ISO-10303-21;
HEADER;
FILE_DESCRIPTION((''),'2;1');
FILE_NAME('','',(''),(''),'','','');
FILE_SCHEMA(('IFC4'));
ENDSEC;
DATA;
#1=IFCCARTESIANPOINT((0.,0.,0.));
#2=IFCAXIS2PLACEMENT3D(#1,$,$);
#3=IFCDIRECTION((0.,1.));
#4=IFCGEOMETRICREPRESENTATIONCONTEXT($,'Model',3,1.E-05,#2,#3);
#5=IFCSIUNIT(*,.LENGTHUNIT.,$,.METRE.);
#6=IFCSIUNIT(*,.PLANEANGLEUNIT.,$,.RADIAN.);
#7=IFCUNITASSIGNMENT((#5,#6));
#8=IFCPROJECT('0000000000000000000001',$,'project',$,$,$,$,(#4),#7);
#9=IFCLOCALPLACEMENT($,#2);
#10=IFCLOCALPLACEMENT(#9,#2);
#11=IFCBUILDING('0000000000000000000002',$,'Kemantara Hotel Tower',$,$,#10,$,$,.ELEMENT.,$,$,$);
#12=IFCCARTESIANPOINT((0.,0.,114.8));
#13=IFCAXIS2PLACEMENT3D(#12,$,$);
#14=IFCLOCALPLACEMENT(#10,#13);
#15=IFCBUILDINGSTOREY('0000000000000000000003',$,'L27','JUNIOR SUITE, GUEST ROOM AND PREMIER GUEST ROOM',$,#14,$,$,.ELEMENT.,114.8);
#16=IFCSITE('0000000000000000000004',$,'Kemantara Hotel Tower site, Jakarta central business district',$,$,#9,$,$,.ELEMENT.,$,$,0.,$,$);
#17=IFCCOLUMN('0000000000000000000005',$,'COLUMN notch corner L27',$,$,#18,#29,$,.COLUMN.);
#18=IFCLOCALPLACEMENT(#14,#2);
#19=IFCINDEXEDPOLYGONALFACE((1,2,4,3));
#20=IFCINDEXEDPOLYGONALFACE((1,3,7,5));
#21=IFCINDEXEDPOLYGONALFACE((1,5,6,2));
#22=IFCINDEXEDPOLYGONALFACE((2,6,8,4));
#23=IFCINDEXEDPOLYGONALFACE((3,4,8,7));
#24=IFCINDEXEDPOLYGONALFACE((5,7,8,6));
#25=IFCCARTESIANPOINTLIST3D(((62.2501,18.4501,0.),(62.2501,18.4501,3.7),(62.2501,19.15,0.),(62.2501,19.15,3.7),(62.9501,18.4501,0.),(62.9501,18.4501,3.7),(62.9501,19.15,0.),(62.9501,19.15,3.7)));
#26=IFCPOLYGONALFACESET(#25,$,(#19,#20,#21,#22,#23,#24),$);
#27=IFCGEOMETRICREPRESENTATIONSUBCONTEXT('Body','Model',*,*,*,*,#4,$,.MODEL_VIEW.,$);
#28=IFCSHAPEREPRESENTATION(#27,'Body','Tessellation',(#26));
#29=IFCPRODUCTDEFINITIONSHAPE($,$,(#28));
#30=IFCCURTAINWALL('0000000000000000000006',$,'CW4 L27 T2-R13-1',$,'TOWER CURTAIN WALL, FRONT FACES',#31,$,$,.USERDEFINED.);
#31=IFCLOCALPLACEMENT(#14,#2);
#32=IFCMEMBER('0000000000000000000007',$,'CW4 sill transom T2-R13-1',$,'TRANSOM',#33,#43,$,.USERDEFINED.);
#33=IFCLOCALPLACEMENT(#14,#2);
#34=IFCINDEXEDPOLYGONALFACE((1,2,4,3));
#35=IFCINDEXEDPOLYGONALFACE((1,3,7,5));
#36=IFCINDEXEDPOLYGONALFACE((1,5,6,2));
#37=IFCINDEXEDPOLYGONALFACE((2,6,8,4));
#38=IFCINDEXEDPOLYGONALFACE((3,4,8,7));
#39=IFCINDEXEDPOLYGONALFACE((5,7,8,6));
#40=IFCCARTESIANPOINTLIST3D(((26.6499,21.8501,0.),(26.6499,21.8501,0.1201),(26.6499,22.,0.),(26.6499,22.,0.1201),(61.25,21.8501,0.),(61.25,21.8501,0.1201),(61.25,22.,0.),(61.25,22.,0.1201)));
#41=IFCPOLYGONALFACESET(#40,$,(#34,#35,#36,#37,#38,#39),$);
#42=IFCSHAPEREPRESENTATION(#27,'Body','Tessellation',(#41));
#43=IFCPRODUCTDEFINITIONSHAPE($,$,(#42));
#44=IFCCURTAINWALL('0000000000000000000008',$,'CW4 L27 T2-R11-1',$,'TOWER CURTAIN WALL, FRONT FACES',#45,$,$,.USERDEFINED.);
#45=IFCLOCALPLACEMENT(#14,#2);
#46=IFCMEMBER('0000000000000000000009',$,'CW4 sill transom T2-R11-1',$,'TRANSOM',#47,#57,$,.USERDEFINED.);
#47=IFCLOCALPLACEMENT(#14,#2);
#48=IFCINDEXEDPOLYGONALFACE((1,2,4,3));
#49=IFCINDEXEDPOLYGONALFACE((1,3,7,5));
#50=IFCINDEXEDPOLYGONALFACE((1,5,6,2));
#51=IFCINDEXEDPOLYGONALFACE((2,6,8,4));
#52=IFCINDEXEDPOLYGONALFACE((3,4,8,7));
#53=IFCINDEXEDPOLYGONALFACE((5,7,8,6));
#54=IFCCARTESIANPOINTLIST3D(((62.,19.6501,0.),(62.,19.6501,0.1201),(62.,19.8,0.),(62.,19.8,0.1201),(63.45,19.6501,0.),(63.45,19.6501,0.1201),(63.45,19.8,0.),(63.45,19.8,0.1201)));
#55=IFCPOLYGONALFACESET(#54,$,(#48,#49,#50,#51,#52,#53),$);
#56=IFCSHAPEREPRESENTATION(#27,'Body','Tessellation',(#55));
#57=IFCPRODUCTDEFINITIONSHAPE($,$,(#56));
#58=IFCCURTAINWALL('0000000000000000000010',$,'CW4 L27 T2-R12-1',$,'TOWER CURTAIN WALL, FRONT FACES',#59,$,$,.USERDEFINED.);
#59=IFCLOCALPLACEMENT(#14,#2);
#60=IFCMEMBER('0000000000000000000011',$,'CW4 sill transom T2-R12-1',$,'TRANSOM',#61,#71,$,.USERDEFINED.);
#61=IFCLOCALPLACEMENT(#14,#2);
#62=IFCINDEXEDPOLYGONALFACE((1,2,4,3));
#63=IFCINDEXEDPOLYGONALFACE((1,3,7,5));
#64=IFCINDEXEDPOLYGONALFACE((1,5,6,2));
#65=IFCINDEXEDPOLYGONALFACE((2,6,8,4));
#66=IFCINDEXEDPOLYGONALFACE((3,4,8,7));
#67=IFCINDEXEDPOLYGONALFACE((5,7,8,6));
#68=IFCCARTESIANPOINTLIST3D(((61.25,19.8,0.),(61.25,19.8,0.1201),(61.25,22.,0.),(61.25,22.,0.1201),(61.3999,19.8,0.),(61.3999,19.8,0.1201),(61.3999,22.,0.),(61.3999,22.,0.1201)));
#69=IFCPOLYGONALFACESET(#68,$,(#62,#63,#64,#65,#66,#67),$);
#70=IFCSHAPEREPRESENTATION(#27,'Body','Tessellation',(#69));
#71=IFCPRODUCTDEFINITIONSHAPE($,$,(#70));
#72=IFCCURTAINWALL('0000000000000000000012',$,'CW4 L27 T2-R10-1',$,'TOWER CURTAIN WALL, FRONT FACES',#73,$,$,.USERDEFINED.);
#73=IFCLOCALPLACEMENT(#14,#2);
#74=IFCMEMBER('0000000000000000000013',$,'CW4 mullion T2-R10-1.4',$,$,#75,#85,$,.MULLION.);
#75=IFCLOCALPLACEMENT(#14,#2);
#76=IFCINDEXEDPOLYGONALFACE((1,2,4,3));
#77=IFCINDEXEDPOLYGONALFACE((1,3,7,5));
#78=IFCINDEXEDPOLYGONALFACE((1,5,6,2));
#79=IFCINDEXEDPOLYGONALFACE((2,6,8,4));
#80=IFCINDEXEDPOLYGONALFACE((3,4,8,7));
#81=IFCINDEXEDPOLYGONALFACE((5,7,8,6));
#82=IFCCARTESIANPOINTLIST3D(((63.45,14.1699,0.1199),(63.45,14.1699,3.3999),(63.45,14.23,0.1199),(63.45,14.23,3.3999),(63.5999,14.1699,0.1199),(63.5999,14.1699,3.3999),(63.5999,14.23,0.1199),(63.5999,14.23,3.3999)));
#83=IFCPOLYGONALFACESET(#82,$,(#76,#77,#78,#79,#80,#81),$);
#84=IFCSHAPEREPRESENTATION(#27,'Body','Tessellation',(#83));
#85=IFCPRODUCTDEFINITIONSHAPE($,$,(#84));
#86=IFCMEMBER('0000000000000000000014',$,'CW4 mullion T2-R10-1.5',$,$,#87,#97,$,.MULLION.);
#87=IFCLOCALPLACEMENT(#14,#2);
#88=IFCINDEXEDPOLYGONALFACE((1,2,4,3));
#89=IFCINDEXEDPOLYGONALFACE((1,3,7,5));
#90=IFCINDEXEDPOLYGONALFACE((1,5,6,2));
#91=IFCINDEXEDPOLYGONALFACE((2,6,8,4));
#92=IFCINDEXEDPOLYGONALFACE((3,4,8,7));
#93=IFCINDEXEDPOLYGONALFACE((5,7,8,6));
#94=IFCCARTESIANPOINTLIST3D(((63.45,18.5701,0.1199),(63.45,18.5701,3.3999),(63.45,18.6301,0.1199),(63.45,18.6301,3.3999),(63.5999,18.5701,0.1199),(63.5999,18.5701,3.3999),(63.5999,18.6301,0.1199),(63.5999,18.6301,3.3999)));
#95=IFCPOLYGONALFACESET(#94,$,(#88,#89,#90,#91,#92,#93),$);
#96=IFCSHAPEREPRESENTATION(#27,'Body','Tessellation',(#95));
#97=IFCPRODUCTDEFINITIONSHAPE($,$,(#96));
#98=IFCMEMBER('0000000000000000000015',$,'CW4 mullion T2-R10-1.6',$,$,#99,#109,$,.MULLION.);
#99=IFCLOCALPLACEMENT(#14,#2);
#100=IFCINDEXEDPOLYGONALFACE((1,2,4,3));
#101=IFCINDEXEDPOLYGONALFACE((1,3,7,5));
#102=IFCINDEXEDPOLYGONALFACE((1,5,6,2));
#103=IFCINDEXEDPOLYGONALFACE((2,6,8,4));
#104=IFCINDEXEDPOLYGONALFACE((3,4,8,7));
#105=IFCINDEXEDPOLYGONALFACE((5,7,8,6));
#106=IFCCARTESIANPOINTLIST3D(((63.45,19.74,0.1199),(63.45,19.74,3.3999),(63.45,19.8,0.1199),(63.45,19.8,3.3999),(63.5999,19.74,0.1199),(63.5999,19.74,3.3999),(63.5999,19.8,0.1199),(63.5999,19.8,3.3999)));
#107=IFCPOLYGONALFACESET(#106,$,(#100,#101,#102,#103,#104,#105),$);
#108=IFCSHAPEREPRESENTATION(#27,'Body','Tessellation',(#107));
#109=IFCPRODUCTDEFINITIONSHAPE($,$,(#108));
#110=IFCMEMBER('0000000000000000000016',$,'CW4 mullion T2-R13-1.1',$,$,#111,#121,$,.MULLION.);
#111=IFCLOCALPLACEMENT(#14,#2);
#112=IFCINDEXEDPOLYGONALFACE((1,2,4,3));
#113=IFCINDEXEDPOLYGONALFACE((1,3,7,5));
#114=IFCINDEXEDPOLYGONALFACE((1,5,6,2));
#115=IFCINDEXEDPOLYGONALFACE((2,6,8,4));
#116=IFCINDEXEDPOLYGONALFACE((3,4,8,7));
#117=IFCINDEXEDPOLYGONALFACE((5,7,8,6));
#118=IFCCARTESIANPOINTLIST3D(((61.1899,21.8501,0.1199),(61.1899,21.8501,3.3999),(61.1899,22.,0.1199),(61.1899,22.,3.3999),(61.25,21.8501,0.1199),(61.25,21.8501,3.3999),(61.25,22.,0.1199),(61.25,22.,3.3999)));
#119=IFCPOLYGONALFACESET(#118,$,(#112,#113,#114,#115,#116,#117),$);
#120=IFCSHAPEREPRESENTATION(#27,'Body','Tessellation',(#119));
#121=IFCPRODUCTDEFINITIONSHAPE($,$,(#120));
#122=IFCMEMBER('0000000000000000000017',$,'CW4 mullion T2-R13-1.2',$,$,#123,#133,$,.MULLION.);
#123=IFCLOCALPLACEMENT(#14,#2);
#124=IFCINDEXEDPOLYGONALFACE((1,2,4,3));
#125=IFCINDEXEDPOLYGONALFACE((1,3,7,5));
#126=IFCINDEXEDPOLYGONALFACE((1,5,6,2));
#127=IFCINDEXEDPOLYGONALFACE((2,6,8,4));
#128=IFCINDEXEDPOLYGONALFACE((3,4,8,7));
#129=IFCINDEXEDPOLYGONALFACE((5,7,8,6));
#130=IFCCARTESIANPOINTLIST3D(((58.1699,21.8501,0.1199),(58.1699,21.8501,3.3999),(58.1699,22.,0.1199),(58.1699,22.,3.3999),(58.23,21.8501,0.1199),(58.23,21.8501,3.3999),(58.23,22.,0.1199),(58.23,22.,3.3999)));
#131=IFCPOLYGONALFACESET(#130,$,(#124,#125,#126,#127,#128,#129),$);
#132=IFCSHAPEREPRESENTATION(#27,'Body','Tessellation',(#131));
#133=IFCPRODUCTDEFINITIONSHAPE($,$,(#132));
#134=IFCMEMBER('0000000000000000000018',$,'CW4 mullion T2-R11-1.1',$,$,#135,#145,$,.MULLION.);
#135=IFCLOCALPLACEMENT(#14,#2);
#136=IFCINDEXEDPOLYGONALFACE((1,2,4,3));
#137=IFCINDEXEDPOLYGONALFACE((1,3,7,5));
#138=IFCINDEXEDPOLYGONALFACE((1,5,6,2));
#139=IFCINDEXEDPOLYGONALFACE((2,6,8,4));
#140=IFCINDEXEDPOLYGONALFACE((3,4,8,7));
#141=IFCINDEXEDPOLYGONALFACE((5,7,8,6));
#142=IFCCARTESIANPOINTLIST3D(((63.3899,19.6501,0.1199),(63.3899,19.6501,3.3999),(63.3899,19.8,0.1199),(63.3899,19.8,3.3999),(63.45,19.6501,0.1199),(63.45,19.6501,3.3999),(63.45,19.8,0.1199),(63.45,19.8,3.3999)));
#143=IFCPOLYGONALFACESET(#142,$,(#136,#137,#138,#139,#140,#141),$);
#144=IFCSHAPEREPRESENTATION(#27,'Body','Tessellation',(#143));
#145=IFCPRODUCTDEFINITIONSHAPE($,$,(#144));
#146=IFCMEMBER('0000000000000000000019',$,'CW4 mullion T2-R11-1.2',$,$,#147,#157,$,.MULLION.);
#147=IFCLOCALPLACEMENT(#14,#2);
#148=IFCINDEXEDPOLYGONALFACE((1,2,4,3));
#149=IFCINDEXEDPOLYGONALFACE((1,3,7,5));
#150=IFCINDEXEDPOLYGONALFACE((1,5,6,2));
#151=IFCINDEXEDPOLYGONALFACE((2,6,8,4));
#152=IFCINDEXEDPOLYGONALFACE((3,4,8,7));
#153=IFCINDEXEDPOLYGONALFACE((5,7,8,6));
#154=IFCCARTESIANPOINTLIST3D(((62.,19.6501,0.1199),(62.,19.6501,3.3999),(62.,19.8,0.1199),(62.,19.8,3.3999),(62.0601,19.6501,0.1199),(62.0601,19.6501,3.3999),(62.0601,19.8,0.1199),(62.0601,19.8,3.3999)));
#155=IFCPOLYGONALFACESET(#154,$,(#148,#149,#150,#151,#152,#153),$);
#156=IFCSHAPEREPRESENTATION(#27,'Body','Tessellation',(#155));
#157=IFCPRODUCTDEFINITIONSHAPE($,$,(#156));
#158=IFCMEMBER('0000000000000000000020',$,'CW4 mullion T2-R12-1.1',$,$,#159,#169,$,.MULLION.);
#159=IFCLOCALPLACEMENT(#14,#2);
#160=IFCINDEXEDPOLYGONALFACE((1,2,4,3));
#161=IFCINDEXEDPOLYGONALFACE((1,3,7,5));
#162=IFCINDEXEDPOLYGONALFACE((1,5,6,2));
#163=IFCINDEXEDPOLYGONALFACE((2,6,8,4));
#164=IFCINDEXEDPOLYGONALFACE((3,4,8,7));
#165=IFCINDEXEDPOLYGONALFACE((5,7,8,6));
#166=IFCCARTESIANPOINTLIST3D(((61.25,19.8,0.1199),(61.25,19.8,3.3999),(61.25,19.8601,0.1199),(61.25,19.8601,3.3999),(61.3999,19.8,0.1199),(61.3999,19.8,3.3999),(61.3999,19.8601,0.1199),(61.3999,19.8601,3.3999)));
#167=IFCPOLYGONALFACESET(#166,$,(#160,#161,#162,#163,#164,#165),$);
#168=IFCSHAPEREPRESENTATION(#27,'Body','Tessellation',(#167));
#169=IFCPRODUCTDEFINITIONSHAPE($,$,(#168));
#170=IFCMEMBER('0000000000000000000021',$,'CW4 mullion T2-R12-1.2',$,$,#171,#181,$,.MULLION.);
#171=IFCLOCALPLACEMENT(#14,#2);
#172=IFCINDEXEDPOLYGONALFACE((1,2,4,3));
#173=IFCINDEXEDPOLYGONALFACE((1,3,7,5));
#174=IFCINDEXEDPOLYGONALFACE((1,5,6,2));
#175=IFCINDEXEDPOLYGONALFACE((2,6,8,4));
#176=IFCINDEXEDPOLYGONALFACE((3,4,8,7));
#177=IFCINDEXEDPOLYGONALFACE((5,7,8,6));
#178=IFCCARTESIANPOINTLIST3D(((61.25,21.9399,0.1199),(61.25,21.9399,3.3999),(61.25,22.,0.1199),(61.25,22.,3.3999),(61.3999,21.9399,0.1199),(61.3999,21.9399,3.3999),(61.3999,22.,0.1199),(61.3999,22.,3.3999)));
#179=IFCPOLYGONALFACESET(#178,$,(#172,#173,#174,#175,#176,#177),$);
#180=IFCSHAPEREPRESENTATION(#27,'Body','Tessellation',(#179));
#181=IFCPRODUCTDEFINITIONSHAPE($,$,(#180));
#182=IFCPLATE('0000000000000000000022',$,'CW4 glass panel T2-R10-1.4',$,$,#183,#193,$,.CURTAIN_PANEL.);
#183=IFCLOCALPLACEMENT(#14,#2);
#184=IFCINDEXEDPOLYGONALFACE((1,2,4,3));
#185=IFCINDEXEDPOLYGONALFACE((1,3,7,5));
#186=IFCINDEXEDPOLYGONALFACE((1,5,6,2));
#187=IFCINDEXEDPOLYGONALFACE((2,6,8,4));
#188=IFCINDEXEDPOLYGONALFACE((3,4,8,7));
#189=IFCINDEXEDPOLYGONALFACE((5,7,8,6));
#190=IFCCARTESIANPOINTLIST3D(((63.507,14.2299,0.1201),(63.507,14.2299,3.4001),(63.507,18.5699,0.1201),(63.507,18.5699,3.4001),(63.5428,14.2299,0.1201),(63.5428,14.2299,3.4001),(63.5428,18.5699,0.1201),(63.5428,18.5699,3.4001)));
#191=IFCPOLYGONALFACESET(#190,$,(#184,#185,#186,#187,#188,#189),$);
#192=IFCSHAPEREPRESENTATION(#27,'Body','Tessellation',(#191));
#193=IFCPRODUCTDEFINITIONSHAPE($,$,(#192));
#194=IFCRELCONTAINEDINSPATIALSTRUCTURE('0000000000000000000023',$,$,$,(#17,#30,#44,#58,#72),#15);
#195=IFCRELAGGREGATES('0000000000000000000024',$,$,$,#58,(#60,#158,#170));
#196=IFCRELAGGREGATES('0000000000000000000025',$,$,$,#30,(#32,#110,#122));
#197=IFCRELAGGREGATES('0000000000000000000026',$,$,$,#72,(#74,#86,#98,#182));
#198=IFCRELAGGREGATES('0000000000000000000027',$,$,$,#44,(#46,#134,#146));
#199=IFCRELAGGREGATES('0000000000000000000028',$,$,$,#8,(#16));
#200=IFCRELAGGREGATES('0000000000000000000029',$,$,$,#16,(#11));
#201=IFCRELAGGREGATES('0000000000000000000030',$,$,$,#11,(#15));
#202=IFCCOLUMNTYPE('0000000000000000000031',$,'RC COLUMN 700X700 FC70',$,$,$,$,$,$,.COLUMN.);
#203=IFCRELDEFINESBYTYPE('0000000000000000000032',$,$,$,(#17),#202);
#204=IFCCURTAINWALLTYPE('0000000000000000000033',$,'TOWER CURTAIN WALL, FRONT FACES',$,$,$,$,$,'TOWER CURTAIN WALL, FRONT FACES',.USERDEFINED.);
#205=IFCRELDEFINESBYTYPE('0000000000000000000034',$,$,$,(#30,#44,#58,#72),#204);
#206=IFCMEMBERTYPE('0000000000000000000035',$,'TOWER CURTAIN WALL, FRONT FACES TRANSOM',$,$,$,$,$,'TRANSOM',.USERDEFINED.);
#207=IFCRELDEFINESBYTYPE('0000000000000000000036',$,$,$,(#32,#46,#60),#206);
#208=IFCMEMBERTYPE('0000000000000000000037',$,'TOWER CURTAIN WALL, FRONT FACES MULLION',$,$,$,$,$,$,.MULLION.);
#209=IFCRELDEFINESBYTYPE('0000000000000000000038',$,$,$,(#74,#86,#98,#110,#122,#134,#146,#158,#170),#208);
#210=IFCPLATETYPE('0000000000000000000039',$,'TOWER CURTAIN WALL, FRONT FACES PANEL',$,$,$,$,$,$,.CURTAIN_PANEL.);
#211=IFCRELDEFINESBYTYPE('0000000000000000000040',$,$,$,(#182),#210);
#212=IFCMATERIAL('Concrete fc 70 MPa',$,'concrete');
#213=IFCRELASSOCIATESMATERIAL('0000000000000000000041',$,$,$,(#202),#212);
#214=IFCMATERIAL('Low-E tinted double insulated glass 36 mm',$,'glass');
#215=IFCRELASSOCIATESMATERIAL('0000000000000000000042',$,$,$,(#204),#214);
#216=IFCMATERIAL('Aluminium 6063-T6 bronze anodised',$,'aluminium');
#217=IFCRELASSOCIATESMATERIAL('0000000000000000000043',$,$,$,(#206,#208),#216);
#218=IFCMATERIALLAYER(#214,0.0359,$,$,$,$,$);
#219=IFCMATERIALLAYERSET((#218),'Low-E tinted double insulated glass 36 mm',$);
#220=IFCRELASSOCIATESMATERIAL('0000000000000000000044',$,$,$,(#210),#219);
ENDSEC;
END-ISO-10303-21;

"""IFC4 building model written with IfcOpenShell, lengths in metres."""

from ifc_helpers import new_model, si_unit, direction, frame, origin, origin_2d, place, context, subcontext, project, spatial, rectangle, extrude, source, transform, mapped, material, layer, layer_set, material_profile, profile_set, type_object, element, aggregate, save


model = new_model("IFC4")

# Units and contexts
model_context = context("Model", 3, precision=1e-05, world=origin(), true_north=direction((0.0, 1.0)))
body_context = subcontext(model_context, "Body", "Model", "MODEL_VIEW")
ifc_project = project(units=[si_unit("LENGTHUNIT", "METRE"), si_unit("PLANEANGLEUNIT", "RADIAN")], contexts=[model_context])

# Site, building, storey
site_placement = place(None, origin())
site = spatial("IfcSite", under=ifc_project, at=site_placement, Name="Kemantara Hotel Tower site, Jakarta central business district", CompositionType="ELEMENT", RefElevation=0.0)
building_placement = place(site_placement, origin())
building = spatial("IfcBuilding", under=site, at=building_placement, Name="Kemantara Hotel Tower", CompositionType="ELEMENT")
storey_placement = place(building_placement, frame((0.0, 0.0, 114.8)))
storey = spatial("IfcBuildingStorey", under=building, at=storey_placement, Name="L27", Description="JUNIOR SUITE, GUEST ROOM AND PREMIER GUEST ROOM", CompositionType="ELEMENT", Elevation=114.8)

# Column
ifc_material_1 = material(Name="Concrete fc 70 MPa", Category="concrete")
ifc_material_profile_1 = material_profile(ifc_material_1, rectangle(XDim=0.7, YDim=0.7, at=origin_2d()), Name="RC 700X700")
ifc_profile_set_1 = profile_set([ifc_material_profile_1], Name="Concrete fc 70 MPa")
column_type = type_object("IfcColumnType", Name="RC COLUMN 700X700 FC70", PredefinedType="COLUMN", material=ifc_profile_set_1)
column_placement = place(storey_placement, frame((62.6001, 18.8, 0.0), z_axis=(0.0, 0.0, 1.0), x_axis=(1.0, 0.0, 0.0)))
element("IfcColumn", 1, at=column_placement, inside=storey, type_object=column_type, Name="COLUMN notch corner L27", PredefinedType="COLUMN", context=body_context, shape_type="SweptSolid", body=[
    extrude(rectangle(XDim=0.7, YDim=0.7, at=origin_2d()), origin(), (0.0, 0.0, 1.0), 3.7),
])

# Curtain walls, members
ifc_material_2 = material(Name="Low-E tinted double insulated glass 36 mm", Category="glass")
curtain_wall_type = type_object("IfcCurtainWallType", Name="TOWER CURTAIN WALL, FRONT FACES", ElementType="TOWER CURTAIN WALL, FRONT FACES", PredefinedType="USERDEFINED", material=ifc_material_2)
curtain_wall_1_placement = place(storey_placement, origin())
curtain_wall_1 = element("IfcCurtainWall", 2, at=curtain_wall_1_placement, inside=storey, type_object=curtain_wall_type, Name="CW4 L27 T2-R13-1", ObjectType="TOWER CURTAIN WALL, FRONT FACES", PredefinedType="USERDEFINED")
ifc_material_3 = material(Name="Aluminium 6063-T6 bronze anodised", Category="aluminium")
ifc_material_profile_2 = material_profile(ifc_material_3, rectangle(XDim=0.1499, YDim=0.1201, at=origin_2d()), Name="TOWER CURTAIN WALL, FRONT FACES TRANSOM")
ifc_profile_set_2 = profile_set([ifc_material_profile_2], Name="Aluminium 6063-T6 bronze anodised")
member_type_1 = type_object("IfcMemberType", Name="TOWER CURTAIN WALL, FRONT FACES TRANSOM", ElementType="TRANSOM", PredefinedType="USERDEFINED", material=ifc_profile_set_2)
member_1_placement = place(storey_placement, frame((61.25, 21.925, 0.0601), z_axis=(-1.0, 0.0, 0.0), x_axis=(0.0, -1.0, 0.0)))
member_1 = element("IfcMember", 3, at=member_1_placement, type_object=member_type_1, Name="CW4 sill transom T2-R13-1", ObjectType="TRANSOM", PredefinedType="USERDEFINED", context=body_context, shape_type="SweptSolid", body=[
    extrude(rectangle(XDim=0.1499, YDim=0.1201, at=origin_2d()), origin(), (0.0, 0.0, 1.0), 34.6001),
])
curtain_wall_2_placement = place(storey_placement, origin())
curtain_wall_2 = element("IfcCurtainWall", 4, at=curtain_wall_2_placement, inside=storey, type_object=curtain_wall_type, Name="CW4 L27 T2-R11-1", ObjectType="TOWER CURTAIN WALL, FRONT FACES", PredefinedType="USERDEFINED")
member_2_placement = place(storey_placement, frame((63.45, 19.7251, 0.0601), z_axis=(-1.0, 0.0, 0.0), x_axis=(0.0, -1.0, 0.0)))
member_2 = element("IfcMember", 5, at=member_2_placement, type_object=member_type_1, Name="CW4 sill transom T2-R11-1", ObjectType="TRANSOM", PredefinedType="USERDEFINED", context=body_context, shape_type="SweptSolid", body=[
    extrude(rectangle(XDim=0.1499, YDim=0.1201, at=origin_2d()), origin(), (0.0, 0.0, 1.0), 1.45),
])
curtain_wall_3_placement = place(storey_placement, origin())
curtain_wall_3 = element("IfcCurtainWall", 6, at=curtain_wall_3_placement, inside=storey, type_object=curtain_wall_type, Name="CW4 L27 T2-R12-1", ObjectType="TOWER CURTAIN WALL, FRONT FACES", PredefinedType="USERDEFINED")
member_3_placement = place(storey_placement, frame((61.325, 19.8, 0.0601), z_axis=(0.0, 1.0, 0.0), x_axis=(-1.0, 0.0, 0.0)))
member_3 = element("IfcMember", 7, at=member_3_placement, type_object=member_type_1, Name="CW4 sill transom T2-R12-1", ObjectType="TRANSOM", PredefinedType="USERDEFINED", context=body_context, shape_type="SweptSolid", body=[
    extrude(rectangle(XDim=0.1499, YDim=0.1201, at=origin_2d()), origin(), (0.0, 0.0, 1.0), 2.2),
])

# Curtain wall, members
curtain_wall_4_placement = place(storey_placement, origin())
curtain_wall_4 = element("IfcCurtainWall", 8, at=curtain_wall_4_placement, inside=storey, type_object=curtain_wall_type, Name="CW4 L27 T2-R10-1", ObjectType="TOWER CURTAIN WALL, FRONT FACES", PredefinedType="USERDEFINED")
ifc_material_profile_3 = material_profile(ifc_material_3, rectangle(XDim=0.1499, YDim=0.0601, at=origin_2d()), Name="TOWER CURTAIN WALL, FRONT FACES MULLION")
ifc_profile_set_3 = profile_set([ifc_material_profile_3], Name="Aluminium 6063-T6 bronze anodised")
member_type_2 = type_object("IfcMemberType", Name="TOWER CURTAIN WALL, FRONT FACES MULLION", PredefinedType="MULLION", material=ifc_profile_set_3)
shared_shape_1 = source(origin(), body_context, "Body", "SweptSolid", [
    extrude(rectangle(XDim=0.1499, YDim=0.0601, at=origin_2d()), origin(), (0.0, 0.0, 1.0), 3.28),
])
member_4_placement = place(storey_placement, frame((63.5249, 14.2, 0.1199), z_axis=(0.0, 0.0, 1.0), x_axis=(-1.0, 0.0, 0.0)))
member_4 = element("IfcMember", 9, at=member_4_placement, type_object=member_type_2, Name="CW4 mullion T2-R10-1.4", PredefinedType="MULLION", context=body_context, shape_type="MappedRepresentation", body=[
    mapped(shared_shape_1, transform((0.0, 0.0, 0.0))),
])
member_5_placement = place(storey_placement, frame((63.5249, 18.6001, 0.1199), z_axis=(0.0, 0.0, 1.0), x_axis=(-1.0, 0.0, 0.0)))
member_5 = element("IfcMember", 10, at=member_5_placement, type_object=member_type_2, Name="CW4 mullion T2-R10-1.5", PredefinedType="MULLION", context=body_context, shape_type="MappedRepresentation", body=[
    mapped(shared_shape_1, transform((0.0, 0.0, 0.0))),
])
member_6_placement = place(storey_placement, frame((63.5249, 19.77, 0.1199), z_axis=(0.0, 0.0, 1.0), x_axis=(-1.0, 0.0, 0.0)))
member_6 = element("IfcMember", 11, at=member_6_placement, type_object=member_type_2, Name="CW4 mullion T2-R10-1.6", PredefinedType="MULLION", context=body_context, shape_type="MappedRepresentation", body=[
    mapped(shared_shape_1, transform((0.0, 0.0, 0.0))),
])

# Members
member_7_placement = place(storey_placement, frame((61.22, 21.925, 0.1199), z_axis=(0.0, 0.0, 1.0), x_axis=(0.0, -1.0, 0.0)))
member_7 = element("IfcMember", 12, at=member_7_placement, type_object=member_type_2, Name="CW4 mullion T2-R13-1.1", PredefinedType="MULLION", context=body_context, shape_type="MappedRepresentation", body=[
    mapped(shared_shape_1, transform((0.0, 0.0, 0.0))),
])
member_8_placement = place(storey_placement, frame((58.2, 21.925, 0.1199), z_axis=(0.0, 0.0, 1.0), x_axis=(0.0, -1.0, 0.0)))
member_8 = element("IfcMember", 13, at=member_8_placement, type_object=member_type_2, Name="CW4 mullion T2-R13-1.2", PredefinedType="MULLION", context=body_context, shape_type="MappedRepresentation", body=[
    mapped(shared_shape_1, transform((0.0, 0.0, 0.0))),
])
member_9_placement = place(storey_placement, frame((63.4199, 19.7251, 0.1199), z_axis=(0.0, 0.0, 1.0), x_axis=(0.0, -1.0, 0.0)))
member_9 = element("IfcMember", 14, at=member_9_placement, type_object=member_type_2, Name="CW4 mullion T2-R11-1.1", PredefinedType="MULLION", context=body_context, shape_type="MappedRepresentation", body=[
    mapped(shared_shape_1, transform((0.0, 0.0, 0.0))),
])
member_10_placement = place(storey_placement, frame((62.03, 19.7251, 0.1199), z_axis=(0.0, 0.0, 1.0), x_axis=(0.0, -1.0, 0.0)))
member_10 = element("IfcMember", 15, at=member_10_placement, type_object=member_type_2, Name="CW4 mullion T2-R11-1.2", PredefinedType="MULLION", context=body_context, shape_type="MappedRepresentation", body=[
    mapped(shared_shape_1, transform((0.0, 0.0, 0.0))),
])
member_11_placement = place(storey_placement, frame((61.325, 19.8301, 0.1199), z_axis=(0.0, 0.0, 1.0), x_axis=(-1.0, 0.0, 0.0)))
member_11 = element("IfcMember", 16, at=member_11_placement, type_object=member_type_2, Name="CW4 mullion T2-R12-1.1", PredefinedType="MULLION", context=body_context, shape_type="MappedRepresentation", body=[
    mapped(shared_shape_1, transform((0.0, 0.0, 0.0))),
])
member_12_placement = place(storey_placement, frame((61.325, 21.97, 0.1199), z_axis=(0.0, 0.0, 1.0), x_axis=(-1.0, 0.0, 0.0)))
member_12 = element("IfcMember", 17, at=member_12_placement, type_object=member_type_2, Name="CW4 mullion T2-R12-1.2", PredefinedType="MULLION", context=body_context, shape_type="MappedRepresentation", body=[
    mapped(shared_shape_1, transform((0.0, 0.0, 0.0))),
])

# Plate
ifc_layer_1 = layer(ifc_material_2, 0.0359)
ifc_layer_set_1 = layer_set([ifc_layer_1], Name="Low-E tinted double insulated glass 36 mm")
plate_type = type_object("IfcPlateType", Name="TOWER CURTAIN WALL, FRONT FACES PANEL", PredefinedType="CURTAIN_PANEL", material=ifc_layer_set_1)
shared_shape_2 = source(origin(), body_context, "Body", "SweptSolid", [
    extrude(rectangle(XDim=4.3401, YDim=0.0359, at=origin_2d()), origin(), (0.0, 0.0, 1.0), 3.28),
])
plate_1_placement = place(storey_placement, frame((63.5249, 16.3999, 0.1201), z_axis=(0.0, 0.0, 1.0), x_axis=(0.0, 1.0, 0.0)))
plate_1 = element("IfcPlate", 18, at=plate_1_placement, type_object=plate_type, Name="CW4 glass panel T2-R10-1.4", PredefinedType="CURTAIN_PANEL", context=body_context, shape_type="MappedRepresentation", body=[
    mapped(shared_shape_2, transform((0.0, 0.0, 0.0))),
])
aggregate(curtain_wall_3, [member_3, member_11, member_12])
aggregate(curtain_wall_1, [member_1, member_7, member_8])
aggregate(curtain_wall_4, [member_4, member_5, member_6, plate_1])
aggregate(curtain_wall_2, [member_2, member_9, member_10])

save(model, "model.ifc")
